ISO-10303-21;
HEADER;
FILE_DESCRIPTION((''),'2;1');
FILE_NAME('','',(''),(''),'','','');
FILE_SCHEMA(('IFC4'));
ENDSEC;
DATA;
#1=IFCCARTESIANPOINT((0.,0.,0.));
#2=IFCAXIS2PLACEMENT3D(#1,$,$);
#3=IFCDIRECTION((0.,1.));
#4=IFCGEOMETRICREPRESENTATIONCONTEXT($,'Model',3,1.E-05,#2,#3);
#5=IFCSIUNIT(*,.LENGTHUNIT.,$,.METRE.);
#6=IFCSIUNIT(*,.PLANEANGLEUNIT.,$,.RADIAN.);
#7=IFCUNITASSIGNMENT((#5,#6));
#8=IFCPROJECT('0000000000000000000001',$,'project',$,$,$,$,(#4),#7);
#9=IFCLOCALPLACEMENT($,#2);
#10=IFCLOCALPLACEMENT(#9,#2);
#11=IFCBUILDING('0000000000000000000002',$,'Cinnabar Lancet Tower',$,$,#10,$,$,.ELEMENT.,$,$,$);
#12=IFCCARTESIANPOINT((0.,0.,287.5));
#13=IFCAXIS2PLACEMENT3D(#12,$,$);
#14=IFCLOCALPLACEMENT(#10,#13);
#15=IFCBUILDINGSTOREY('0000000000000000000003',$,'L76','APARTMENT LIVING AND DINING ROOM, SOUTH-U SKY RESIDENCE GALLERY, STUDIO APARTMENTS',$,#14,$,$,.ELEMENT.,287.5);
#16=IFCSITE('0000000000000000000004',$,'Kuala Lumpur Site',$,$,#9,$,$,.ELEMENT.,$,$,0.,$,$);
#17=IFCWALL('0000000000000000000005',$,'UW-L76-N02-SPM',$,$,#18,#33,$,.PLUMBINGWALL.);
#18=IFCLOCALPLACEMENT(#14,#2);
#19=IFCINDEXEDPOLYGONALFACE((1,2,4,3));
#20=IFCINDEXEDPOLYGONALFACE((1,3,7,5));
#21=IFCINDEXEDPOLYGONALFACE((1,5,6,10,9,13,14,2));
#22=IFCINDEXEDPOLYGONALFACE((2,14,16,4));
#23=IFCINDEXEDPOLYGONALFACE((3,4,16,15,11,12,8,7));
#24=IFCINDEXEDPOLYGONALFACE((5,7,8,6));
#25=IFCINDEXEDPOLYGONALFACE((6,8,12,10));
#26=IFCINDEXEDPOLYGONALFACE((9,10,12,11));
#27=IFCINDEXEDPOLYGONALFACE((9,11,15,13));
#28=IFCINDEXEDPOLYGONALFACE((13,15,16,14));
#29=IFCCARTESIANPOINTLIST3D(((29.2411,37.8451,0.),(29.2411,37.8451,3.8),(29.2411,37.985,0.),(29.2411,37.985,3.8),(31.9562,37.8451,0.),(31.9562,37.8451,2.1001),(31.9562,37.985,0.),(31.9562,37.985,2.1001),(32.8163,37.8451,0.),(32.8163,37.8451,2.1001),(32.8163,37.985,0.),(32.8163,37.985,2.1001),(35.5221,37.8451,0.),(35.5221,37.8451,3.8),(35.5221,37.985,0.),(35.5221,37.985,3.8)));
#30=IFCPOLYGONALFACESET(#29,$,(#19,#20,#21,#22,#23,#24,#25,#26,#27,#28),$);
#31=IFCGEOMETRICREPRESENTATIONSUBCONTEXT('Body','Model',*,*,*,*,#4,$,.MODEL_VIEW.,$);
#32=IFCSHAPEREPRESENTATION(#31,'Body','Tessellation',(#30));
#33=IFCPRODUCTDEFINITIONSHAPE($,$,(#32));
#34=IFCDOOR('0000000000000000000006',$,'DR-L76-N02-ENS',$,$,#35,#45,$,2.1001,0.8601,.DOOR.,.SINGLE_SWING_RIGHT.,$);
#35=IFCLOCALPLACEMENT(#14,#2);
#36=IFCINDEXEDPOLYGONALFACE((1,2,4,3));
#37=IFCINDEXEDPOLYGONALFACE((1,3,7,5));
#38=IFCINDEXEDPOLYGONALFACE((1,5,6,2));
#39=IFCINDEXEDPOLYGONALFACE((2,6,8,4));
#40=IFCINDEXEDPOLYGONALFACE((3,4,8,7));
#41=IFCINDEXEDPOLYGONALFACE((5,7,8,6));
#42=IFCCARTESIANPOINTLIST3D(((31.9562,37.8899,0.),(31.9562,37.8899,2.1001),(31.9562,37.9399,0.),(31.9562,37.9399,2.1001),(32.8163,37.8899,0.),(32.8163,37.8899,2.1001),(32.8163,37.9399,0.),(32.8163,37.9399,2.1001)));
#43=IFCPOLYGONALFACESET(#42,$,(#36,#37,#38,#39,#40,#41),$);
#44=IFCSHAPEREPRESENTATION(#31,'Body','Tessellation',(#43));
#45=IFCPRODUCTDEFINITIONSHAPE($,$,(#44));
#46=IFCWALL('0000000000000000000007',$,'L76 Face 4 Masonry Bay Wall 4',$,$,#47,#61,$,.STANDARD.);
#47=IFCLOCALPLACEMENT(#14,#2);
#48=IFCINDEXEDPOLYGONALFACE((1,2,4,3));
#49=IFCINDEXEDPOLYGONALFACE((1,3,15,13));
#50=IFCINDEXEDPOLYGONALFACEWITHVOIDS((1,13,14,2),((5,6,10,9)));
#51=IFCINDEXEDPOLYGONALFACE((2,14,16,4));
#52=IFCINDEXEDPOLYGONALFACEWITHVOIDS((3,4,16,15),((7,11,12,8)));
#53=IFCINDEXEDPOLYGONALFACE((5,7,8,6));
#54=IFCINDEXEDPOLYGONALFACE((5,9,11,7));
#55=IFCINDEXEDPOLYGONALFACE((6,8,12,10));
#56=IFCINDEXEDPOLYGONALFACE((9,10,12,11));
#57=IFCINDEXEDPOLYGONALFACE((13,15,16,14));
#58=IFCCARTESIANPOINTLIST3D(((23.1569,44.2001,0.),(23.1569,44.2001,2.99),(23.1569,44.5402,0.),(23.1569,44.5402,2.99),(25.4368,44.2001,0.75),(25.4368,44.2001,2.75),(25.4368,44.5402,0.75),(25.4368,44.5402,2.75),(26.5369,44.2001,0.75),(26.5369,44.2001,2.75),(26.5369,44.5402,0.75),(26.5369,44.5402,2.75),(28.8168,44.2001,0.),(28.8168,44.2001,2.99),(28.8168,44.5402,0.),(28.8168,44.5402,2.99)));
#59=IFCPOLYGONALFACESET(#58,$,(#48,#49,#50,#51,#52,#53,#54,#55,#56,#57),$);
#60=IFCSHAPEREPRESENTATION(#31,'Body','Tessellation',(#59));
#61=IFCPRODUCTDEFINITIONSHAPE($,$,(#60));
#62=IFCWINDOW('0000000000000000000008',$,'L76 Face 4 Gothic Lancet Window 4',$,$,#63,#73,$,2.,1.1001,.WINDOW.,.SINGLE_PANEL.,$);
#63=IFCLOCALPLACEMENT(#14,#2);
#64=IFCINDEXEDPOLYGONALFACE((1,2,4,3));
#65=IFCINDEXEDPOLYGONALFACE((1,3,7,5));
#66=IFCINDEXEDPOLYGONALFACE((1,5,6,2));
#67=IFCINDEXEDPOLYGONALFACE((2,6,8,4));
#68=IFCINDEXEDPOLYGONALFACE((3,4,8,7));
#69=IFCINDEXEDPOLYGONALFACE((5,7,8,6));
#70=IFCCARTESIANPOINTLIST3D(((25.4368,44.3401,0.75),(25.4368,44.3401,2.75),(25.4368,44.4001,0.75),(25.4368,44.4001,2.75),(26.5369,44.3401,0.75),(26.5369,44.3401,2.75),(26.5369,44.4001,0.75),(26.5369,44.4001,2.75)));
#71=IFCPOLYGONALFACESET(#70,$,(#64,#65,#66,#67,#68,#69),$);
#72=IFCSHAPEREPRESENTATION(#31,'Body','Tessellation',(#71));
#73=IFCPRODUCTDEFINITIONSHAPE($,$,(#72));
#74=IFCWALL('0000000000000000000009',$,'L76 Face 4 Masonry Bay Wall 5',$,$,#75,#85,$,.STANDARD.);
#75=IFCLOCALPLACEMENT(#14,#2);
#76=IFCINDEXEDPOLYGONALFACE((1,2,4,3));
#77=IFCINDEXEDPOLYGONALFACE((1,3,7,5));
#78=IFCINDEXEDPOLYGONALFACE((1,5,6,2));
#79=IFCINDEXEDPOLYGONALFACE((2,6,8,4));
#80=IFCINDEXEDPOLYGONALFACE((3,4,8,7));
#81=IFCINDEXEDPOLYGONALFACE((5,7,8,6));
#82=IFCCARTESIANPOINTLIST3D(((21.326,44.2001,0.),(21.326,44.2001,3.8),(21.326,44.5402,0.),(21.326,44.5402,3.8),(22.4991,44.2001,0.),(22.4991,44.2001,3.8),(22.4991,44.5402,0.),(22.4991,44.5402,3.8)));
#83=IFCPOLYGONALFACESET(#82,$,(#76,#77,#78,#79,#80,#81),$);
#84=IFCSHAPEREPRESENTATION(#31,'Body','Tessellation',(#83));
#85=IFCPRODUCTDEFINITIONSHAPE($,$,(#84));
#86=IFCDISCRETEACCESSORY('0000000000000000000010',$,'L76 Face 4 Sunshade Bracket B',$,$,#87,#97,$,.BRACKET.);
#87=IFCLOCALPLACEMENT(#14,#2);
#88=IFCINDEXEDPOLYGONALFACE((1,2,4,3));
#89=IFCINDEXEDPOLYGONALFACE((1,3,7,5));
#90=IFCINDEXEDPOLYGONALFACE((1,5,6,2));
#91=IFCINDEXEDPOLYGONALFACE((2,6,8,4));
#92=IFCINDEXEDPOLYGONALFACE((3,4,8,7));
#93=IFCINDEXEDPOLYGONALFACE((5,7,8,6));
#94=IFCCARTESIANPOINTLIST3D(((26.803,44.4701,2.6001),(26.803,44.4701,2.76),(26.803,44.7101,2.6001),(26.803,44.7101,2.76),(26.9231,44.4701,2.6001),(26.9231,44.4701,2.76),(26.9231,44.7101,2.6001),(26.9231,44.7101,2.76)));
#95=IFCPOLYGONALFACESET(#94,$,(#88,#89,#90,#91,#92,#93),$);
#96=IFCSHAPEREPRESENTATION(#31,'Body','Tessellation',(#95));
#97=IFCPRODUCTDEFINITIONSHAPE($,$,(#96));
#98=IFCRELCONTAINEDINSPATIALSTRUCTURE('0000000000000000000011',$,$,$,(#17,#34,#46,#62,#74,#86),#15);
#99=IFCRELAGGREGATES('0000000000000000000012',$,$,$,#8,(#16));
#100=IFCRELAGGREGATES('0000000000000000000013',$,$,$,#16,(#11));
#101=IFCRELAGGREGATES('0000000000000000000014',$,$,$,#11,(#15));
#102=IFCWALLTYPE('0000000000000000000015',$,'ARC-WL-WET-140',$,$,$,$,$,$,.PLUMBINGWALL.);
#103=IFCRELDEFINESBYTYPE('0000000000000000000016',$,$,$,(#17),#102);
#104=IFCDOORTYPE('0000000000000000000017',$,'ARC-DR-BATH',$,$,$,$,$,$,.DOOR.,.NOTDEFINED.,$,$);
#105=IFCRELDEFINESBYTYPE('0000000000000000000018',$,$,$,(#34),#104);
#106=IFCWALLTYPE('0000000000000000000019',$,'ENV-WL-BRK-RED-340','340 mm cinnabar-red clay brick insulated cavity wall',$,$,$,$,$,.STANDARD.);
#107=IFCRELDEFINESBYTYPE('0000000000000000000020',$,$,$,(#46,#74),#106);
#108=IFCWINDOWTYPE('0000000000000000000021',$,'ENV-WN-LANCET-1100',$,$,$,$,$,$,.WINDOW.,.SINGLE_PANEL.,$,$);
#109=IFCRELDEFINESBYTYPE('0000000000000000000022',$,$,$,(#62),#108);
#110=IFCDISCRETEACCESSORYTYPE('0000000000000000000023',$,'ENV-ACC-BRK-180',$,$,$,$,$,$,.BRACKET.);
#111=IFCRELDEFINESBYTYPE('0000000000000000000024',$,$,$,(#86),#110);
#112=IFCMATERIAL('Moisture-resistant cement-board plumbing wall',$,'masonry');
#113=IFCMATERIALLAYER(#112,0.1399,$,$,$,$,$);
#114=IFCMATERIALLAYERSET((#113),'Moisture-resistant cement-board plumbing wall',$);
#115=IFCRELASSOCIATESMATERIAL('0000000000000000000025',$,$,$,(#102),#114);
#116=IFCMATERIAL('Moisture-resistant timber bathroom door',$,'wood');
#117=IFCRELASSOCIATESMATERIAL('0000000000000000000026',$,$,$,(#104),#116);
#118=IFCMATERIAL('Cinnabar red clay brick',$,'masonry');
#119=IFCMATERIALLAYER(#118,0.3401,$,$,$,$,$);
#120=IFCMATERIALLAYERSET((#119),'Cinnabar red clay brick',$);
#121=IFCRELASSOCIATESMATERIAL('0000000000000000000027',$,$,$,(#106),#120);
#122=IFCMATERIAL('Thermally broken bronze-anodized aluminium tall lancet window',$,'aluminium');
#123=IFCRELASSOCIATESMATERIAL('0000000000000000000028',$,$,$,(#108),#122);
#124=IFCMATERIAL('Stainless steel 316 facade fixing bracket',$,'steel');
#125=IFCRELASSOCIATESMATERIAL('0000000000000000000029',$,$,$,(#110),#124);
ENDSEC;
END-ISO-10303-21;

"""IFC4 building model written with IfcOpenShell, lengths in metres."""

from ifc_helpers import new_model, si_unit, direction, frame, frame_2d, origin, origin_2d, place, context, subcontext, project, spatial, rectangle, extrude, material, layer, layer_set, type_object, element, fill, save


model = new_model("IFC4")

# Units and contexts
model_context = context("Model", 3, precision=1e-05, world=origin(), true_north=direction((0.0, 1.0)))
body_context = subcontext(model_context, "Body", "Model", "MODEL_VIEW")
ifc_project = project(units=[si_unit("LENGTHUNIT", "METRE"), si_unit("PLANEANGLEUNIT", "RADIAN")], contexts=[model_context])

# Site, building, storey
site_placement = place(None, origin())
site = spatial("IfcSite", under=ifc_project, at=site_placement, Name="Kuala Lumpur Site", CompositionType="ELEMENT", RefElevation=0.0)
building_placement = place(site_placement, origin())
building = spatial("IfcBuilding", under=site, at=building_placement, Name="Cinnabar Lancet Tower", CompositionType="ELEMENT")
storey_placement = place(building_placement, frame((0.0, 0.0, 287.5)))
storey = spatial("IfcBuildingStorey", under=building, at=storey_placement, Name="L76", Description="APARTMENT LIVING AND DINING ROOM, SOUTH-U SKY RESIDENCE GALLERY, STUDIO APARTMENTS", CompositionType="ELEMENT", Elevation=287.5)

# Shared definitions
ifc_material_1 = material(Name="Moisture-resistant cement-board plumbing wall", Category="masonry")
ifc_layer_1 = layer(ifc_material_1, 0.1399)
ifc_layer_set_1 = layer_set([ifc_layer_1], Name="Moisture-resistant cement-board plumbing wall")
wall_type_1 = type_object("IfcWallType", Name="ARC-WL-WET-140", PredefinedType="PLUMBINGWALL", material=ifc_layer_set_1)
ifc_material_2 = material(Name="Moisture-resistant timber bathroom door", Category="wood")
door_type_1 = type_object("IfcDoorType", Name="ARC-DR-BATH", OperationType="NOTDEFINED", PredefinedType="DOOR", material=ifc_material_2)

# Wall, opening, door
wall_1_placement = place(storey_placement, frame((29.241, 37.915, 0.0), z_axis=(0.0, 0.0, 1.0), x_axis=(1.0, 0.0, 0.0)))
wall_1 = element("IfcWall", 1, at=wall_1_placement, inside=storey, type_object=wall_type_1, Name="UW-L76-N02-SPM", PredefinedType="PLUMBINGWALL", context=body_context, shape_type="SweptSolid", body=[
    extrude(rectangle(XDim=6.281, YDim=0.1399, at=frame_2d((3.1406, 0.0))), origin(), (0.0, 0.0, 1.0), 3.8),
])
opening_1_placement = place(wall_1_placement, frame((2.7151, 0.0, 0.0)))
opening_1 = element("IfcOpeningElement", 2, at=opening_1_placement, cuts=wall_1, PredefinedType="OPENING", context=body_context, shape_type="SweptSolid", body=[
    extrude(rectangle(XDim=0.8601, YDim=2.1001, at=frame_2d((0.4302, 1.05))), frame((0.0, 0.0798, 0.0), z_axis=(0.0, -1.0, 0.0), x_axis=(1.0, 0.0, 0.0)), (0.0, 0.0, 1.0), 0.1599),
])
door_1_placement = place(opening_1_placement, origin())
door_1 = element("IfcDoor", 3, at=door_1_placement, inside=storey, type_object=door_type_1, Name="DR-L76-N02-ENS", OperationType="SINGLE_SWING_RIGHT", OverallHeight=2.1001, OverallWidth=0.8601, PredefinedType="DOOR", context=body_context, shape_type="SweptSolid", body=[
    extrude(rectangle(XDim=0.8601, YDim=2.1001, at=frame_2d((0.4302, 1.05))), frame((0.0, 0.0249, 0.0), z_axis=(0.0, -1.0, 0.0), x_axis=(1.0, 0.0, 0.0)), (0.0, 0.0, 1.0), 0.05),
])
fill(opening_1, door_1)

# Wall, opening, window
ifc_material_3 = material(Name="Cinnabar red clay brick", Category="masonry")
ifc_layer_2 = layer(ifc_material_3, 0.3401)
ifc_layer_set_2 = layer_set([ifc_layer_2], Name="Cinnabar red clay brick")
wall_type_2 = type_object("IfcWallType", Name="ENV-WL-BRK-RED-340", Description="340 mm cinnabar-red clay brick insulated cavity wall", PredefinedType="STANDARD", material=ifc_layer_set_2)
wall_2_placement = place(storey_placement, frame((28.8169, 44.3701, 0.0), z_axis=(0.0, 0.0, 1.0), x_axis=(-1.0, 0.0, 0.0)))
wall_2 = element("IfcWall", 4, at=wall_2_placement, inside=storey, type_object=wall_type_2, Name="L76 Face 4 Masonry Bay Wall 4", PredefinedType="STANDARD", context=body_context, shape_type="SweptSolid", body=[
    extrude(rectangle(XDim=5.6599, YDim=0.3401, at=frame_2d((2.8301, 0.0))), origin(), (0.0, 0.0, 1.0), 2.99),
])
opening_2_placement = place(wall_2_placement, frame((2.28, 0.0, 0.75)))
opening_2 = element("IfcOpeningElement", 5, at=opening_2_placement, cuts=wall_2, PredefinedType="OPENING", context=body_context, shape_type="SweptSolid", body=[
    extrude(rectangle(XDim=1.1001, YDim=2.0, at=frame_2d((0.55, 1.0))), frame((0.0, 0.1799, 0.0), z_axis=(0.0, -1.0, 0.0), x_axis=(1.0, 0.0, 0.0)), (0.0, 0.0, 1.0), 0.3601),
])
ifc_material_4 = material(Name="Thermally broken bronze-anodized aluminium tall lancet window", Category="aluminium")
window_type = type_object("IfcWindowType", Name="ENV-WN-LANCET-1100", PartitioningType="SINGLE_PANEL", PredefinedType="WINDOW", material=ifc_material_4)
window_placement = place(opening_2_placement, origin())
window = element("IfcWindow", 6, at=window_placement, inside=storey, type_object=window_type, Name="L76 Face 4 Gothic Lancet Window 4", OverallHeight=2.0, OverallWidth=1.1001, PartitioningType="SINGLE_PANEL", PredefinedType="WINDOW", context=body_context, shape_type="SweptSolid", body=[
    extrude(rectangle(XDim=1.1001, YDim=2.0, at=frame_2d((0.55, 1.0))), frame((0.0, 0.03, 0.0), z_axis=(0.0, -1.0, 0.0), x_axis=(1.0, 0.0, 0.0)), (0.0, 0.0, 1.0), 0.0601),
])
fill(opening_2, window)

# Wall
wall_3_placement = place(storey_placement, frame((22.499, 44.3701, 0.0), z_axis=(0.0, 0.0, 1.0), x_axis=(-1.0, 0.0, 0.0)))
element("IfcWall", 7, at=wall_3_placement, inside=storey, type_object=wall_type_2, Name="L76 Face 4 Masonry Bay Wall 5", PredefinedType="STANDARD", context=body_context, shape_type="SweptSolid", body=[
    extrude(rectangle(XDim=1.1731, YDim=0.3401, at=frame_2d((0.5864, 0.0))), origin(), (0.0, 0.0, 1.0), 3.8),
])

# Discrete accessory
ifc_material_5 = material(Name="Stainless steel 316 facade fixing bracket", Category="steel")
discrete_accessory_type = type_object("IfcDiscreteAccessoryType", Name="ENV-ACC-BRK-180", PredefinedType="BRACKET", material=ifc_material_5)
discrete_accessory_placement = place(storey_placement, frame((26.863, 44.5901, 2.6001), z_axis=(0.0, 0.0, 1.0), x_axis=(-1.0, 0.0, 0.0)))
element("IfcDiscreteAccessory", 8, at=discrete_accessory_placement, inside=storey, type_object=discrete_accessory_type, Name="L76 Face 4 Sunshade Bracket B", PredefinedType="BRACKET", context=body_context, shape_type="SweptSolid", body=[
    extrude(rectangle(XDim=0.1201, YDim=0.24, at=origin_2d()), origin(), (0.0, 0.0, 1.0), 0.1599),
])

save(model, "model.ifc")
